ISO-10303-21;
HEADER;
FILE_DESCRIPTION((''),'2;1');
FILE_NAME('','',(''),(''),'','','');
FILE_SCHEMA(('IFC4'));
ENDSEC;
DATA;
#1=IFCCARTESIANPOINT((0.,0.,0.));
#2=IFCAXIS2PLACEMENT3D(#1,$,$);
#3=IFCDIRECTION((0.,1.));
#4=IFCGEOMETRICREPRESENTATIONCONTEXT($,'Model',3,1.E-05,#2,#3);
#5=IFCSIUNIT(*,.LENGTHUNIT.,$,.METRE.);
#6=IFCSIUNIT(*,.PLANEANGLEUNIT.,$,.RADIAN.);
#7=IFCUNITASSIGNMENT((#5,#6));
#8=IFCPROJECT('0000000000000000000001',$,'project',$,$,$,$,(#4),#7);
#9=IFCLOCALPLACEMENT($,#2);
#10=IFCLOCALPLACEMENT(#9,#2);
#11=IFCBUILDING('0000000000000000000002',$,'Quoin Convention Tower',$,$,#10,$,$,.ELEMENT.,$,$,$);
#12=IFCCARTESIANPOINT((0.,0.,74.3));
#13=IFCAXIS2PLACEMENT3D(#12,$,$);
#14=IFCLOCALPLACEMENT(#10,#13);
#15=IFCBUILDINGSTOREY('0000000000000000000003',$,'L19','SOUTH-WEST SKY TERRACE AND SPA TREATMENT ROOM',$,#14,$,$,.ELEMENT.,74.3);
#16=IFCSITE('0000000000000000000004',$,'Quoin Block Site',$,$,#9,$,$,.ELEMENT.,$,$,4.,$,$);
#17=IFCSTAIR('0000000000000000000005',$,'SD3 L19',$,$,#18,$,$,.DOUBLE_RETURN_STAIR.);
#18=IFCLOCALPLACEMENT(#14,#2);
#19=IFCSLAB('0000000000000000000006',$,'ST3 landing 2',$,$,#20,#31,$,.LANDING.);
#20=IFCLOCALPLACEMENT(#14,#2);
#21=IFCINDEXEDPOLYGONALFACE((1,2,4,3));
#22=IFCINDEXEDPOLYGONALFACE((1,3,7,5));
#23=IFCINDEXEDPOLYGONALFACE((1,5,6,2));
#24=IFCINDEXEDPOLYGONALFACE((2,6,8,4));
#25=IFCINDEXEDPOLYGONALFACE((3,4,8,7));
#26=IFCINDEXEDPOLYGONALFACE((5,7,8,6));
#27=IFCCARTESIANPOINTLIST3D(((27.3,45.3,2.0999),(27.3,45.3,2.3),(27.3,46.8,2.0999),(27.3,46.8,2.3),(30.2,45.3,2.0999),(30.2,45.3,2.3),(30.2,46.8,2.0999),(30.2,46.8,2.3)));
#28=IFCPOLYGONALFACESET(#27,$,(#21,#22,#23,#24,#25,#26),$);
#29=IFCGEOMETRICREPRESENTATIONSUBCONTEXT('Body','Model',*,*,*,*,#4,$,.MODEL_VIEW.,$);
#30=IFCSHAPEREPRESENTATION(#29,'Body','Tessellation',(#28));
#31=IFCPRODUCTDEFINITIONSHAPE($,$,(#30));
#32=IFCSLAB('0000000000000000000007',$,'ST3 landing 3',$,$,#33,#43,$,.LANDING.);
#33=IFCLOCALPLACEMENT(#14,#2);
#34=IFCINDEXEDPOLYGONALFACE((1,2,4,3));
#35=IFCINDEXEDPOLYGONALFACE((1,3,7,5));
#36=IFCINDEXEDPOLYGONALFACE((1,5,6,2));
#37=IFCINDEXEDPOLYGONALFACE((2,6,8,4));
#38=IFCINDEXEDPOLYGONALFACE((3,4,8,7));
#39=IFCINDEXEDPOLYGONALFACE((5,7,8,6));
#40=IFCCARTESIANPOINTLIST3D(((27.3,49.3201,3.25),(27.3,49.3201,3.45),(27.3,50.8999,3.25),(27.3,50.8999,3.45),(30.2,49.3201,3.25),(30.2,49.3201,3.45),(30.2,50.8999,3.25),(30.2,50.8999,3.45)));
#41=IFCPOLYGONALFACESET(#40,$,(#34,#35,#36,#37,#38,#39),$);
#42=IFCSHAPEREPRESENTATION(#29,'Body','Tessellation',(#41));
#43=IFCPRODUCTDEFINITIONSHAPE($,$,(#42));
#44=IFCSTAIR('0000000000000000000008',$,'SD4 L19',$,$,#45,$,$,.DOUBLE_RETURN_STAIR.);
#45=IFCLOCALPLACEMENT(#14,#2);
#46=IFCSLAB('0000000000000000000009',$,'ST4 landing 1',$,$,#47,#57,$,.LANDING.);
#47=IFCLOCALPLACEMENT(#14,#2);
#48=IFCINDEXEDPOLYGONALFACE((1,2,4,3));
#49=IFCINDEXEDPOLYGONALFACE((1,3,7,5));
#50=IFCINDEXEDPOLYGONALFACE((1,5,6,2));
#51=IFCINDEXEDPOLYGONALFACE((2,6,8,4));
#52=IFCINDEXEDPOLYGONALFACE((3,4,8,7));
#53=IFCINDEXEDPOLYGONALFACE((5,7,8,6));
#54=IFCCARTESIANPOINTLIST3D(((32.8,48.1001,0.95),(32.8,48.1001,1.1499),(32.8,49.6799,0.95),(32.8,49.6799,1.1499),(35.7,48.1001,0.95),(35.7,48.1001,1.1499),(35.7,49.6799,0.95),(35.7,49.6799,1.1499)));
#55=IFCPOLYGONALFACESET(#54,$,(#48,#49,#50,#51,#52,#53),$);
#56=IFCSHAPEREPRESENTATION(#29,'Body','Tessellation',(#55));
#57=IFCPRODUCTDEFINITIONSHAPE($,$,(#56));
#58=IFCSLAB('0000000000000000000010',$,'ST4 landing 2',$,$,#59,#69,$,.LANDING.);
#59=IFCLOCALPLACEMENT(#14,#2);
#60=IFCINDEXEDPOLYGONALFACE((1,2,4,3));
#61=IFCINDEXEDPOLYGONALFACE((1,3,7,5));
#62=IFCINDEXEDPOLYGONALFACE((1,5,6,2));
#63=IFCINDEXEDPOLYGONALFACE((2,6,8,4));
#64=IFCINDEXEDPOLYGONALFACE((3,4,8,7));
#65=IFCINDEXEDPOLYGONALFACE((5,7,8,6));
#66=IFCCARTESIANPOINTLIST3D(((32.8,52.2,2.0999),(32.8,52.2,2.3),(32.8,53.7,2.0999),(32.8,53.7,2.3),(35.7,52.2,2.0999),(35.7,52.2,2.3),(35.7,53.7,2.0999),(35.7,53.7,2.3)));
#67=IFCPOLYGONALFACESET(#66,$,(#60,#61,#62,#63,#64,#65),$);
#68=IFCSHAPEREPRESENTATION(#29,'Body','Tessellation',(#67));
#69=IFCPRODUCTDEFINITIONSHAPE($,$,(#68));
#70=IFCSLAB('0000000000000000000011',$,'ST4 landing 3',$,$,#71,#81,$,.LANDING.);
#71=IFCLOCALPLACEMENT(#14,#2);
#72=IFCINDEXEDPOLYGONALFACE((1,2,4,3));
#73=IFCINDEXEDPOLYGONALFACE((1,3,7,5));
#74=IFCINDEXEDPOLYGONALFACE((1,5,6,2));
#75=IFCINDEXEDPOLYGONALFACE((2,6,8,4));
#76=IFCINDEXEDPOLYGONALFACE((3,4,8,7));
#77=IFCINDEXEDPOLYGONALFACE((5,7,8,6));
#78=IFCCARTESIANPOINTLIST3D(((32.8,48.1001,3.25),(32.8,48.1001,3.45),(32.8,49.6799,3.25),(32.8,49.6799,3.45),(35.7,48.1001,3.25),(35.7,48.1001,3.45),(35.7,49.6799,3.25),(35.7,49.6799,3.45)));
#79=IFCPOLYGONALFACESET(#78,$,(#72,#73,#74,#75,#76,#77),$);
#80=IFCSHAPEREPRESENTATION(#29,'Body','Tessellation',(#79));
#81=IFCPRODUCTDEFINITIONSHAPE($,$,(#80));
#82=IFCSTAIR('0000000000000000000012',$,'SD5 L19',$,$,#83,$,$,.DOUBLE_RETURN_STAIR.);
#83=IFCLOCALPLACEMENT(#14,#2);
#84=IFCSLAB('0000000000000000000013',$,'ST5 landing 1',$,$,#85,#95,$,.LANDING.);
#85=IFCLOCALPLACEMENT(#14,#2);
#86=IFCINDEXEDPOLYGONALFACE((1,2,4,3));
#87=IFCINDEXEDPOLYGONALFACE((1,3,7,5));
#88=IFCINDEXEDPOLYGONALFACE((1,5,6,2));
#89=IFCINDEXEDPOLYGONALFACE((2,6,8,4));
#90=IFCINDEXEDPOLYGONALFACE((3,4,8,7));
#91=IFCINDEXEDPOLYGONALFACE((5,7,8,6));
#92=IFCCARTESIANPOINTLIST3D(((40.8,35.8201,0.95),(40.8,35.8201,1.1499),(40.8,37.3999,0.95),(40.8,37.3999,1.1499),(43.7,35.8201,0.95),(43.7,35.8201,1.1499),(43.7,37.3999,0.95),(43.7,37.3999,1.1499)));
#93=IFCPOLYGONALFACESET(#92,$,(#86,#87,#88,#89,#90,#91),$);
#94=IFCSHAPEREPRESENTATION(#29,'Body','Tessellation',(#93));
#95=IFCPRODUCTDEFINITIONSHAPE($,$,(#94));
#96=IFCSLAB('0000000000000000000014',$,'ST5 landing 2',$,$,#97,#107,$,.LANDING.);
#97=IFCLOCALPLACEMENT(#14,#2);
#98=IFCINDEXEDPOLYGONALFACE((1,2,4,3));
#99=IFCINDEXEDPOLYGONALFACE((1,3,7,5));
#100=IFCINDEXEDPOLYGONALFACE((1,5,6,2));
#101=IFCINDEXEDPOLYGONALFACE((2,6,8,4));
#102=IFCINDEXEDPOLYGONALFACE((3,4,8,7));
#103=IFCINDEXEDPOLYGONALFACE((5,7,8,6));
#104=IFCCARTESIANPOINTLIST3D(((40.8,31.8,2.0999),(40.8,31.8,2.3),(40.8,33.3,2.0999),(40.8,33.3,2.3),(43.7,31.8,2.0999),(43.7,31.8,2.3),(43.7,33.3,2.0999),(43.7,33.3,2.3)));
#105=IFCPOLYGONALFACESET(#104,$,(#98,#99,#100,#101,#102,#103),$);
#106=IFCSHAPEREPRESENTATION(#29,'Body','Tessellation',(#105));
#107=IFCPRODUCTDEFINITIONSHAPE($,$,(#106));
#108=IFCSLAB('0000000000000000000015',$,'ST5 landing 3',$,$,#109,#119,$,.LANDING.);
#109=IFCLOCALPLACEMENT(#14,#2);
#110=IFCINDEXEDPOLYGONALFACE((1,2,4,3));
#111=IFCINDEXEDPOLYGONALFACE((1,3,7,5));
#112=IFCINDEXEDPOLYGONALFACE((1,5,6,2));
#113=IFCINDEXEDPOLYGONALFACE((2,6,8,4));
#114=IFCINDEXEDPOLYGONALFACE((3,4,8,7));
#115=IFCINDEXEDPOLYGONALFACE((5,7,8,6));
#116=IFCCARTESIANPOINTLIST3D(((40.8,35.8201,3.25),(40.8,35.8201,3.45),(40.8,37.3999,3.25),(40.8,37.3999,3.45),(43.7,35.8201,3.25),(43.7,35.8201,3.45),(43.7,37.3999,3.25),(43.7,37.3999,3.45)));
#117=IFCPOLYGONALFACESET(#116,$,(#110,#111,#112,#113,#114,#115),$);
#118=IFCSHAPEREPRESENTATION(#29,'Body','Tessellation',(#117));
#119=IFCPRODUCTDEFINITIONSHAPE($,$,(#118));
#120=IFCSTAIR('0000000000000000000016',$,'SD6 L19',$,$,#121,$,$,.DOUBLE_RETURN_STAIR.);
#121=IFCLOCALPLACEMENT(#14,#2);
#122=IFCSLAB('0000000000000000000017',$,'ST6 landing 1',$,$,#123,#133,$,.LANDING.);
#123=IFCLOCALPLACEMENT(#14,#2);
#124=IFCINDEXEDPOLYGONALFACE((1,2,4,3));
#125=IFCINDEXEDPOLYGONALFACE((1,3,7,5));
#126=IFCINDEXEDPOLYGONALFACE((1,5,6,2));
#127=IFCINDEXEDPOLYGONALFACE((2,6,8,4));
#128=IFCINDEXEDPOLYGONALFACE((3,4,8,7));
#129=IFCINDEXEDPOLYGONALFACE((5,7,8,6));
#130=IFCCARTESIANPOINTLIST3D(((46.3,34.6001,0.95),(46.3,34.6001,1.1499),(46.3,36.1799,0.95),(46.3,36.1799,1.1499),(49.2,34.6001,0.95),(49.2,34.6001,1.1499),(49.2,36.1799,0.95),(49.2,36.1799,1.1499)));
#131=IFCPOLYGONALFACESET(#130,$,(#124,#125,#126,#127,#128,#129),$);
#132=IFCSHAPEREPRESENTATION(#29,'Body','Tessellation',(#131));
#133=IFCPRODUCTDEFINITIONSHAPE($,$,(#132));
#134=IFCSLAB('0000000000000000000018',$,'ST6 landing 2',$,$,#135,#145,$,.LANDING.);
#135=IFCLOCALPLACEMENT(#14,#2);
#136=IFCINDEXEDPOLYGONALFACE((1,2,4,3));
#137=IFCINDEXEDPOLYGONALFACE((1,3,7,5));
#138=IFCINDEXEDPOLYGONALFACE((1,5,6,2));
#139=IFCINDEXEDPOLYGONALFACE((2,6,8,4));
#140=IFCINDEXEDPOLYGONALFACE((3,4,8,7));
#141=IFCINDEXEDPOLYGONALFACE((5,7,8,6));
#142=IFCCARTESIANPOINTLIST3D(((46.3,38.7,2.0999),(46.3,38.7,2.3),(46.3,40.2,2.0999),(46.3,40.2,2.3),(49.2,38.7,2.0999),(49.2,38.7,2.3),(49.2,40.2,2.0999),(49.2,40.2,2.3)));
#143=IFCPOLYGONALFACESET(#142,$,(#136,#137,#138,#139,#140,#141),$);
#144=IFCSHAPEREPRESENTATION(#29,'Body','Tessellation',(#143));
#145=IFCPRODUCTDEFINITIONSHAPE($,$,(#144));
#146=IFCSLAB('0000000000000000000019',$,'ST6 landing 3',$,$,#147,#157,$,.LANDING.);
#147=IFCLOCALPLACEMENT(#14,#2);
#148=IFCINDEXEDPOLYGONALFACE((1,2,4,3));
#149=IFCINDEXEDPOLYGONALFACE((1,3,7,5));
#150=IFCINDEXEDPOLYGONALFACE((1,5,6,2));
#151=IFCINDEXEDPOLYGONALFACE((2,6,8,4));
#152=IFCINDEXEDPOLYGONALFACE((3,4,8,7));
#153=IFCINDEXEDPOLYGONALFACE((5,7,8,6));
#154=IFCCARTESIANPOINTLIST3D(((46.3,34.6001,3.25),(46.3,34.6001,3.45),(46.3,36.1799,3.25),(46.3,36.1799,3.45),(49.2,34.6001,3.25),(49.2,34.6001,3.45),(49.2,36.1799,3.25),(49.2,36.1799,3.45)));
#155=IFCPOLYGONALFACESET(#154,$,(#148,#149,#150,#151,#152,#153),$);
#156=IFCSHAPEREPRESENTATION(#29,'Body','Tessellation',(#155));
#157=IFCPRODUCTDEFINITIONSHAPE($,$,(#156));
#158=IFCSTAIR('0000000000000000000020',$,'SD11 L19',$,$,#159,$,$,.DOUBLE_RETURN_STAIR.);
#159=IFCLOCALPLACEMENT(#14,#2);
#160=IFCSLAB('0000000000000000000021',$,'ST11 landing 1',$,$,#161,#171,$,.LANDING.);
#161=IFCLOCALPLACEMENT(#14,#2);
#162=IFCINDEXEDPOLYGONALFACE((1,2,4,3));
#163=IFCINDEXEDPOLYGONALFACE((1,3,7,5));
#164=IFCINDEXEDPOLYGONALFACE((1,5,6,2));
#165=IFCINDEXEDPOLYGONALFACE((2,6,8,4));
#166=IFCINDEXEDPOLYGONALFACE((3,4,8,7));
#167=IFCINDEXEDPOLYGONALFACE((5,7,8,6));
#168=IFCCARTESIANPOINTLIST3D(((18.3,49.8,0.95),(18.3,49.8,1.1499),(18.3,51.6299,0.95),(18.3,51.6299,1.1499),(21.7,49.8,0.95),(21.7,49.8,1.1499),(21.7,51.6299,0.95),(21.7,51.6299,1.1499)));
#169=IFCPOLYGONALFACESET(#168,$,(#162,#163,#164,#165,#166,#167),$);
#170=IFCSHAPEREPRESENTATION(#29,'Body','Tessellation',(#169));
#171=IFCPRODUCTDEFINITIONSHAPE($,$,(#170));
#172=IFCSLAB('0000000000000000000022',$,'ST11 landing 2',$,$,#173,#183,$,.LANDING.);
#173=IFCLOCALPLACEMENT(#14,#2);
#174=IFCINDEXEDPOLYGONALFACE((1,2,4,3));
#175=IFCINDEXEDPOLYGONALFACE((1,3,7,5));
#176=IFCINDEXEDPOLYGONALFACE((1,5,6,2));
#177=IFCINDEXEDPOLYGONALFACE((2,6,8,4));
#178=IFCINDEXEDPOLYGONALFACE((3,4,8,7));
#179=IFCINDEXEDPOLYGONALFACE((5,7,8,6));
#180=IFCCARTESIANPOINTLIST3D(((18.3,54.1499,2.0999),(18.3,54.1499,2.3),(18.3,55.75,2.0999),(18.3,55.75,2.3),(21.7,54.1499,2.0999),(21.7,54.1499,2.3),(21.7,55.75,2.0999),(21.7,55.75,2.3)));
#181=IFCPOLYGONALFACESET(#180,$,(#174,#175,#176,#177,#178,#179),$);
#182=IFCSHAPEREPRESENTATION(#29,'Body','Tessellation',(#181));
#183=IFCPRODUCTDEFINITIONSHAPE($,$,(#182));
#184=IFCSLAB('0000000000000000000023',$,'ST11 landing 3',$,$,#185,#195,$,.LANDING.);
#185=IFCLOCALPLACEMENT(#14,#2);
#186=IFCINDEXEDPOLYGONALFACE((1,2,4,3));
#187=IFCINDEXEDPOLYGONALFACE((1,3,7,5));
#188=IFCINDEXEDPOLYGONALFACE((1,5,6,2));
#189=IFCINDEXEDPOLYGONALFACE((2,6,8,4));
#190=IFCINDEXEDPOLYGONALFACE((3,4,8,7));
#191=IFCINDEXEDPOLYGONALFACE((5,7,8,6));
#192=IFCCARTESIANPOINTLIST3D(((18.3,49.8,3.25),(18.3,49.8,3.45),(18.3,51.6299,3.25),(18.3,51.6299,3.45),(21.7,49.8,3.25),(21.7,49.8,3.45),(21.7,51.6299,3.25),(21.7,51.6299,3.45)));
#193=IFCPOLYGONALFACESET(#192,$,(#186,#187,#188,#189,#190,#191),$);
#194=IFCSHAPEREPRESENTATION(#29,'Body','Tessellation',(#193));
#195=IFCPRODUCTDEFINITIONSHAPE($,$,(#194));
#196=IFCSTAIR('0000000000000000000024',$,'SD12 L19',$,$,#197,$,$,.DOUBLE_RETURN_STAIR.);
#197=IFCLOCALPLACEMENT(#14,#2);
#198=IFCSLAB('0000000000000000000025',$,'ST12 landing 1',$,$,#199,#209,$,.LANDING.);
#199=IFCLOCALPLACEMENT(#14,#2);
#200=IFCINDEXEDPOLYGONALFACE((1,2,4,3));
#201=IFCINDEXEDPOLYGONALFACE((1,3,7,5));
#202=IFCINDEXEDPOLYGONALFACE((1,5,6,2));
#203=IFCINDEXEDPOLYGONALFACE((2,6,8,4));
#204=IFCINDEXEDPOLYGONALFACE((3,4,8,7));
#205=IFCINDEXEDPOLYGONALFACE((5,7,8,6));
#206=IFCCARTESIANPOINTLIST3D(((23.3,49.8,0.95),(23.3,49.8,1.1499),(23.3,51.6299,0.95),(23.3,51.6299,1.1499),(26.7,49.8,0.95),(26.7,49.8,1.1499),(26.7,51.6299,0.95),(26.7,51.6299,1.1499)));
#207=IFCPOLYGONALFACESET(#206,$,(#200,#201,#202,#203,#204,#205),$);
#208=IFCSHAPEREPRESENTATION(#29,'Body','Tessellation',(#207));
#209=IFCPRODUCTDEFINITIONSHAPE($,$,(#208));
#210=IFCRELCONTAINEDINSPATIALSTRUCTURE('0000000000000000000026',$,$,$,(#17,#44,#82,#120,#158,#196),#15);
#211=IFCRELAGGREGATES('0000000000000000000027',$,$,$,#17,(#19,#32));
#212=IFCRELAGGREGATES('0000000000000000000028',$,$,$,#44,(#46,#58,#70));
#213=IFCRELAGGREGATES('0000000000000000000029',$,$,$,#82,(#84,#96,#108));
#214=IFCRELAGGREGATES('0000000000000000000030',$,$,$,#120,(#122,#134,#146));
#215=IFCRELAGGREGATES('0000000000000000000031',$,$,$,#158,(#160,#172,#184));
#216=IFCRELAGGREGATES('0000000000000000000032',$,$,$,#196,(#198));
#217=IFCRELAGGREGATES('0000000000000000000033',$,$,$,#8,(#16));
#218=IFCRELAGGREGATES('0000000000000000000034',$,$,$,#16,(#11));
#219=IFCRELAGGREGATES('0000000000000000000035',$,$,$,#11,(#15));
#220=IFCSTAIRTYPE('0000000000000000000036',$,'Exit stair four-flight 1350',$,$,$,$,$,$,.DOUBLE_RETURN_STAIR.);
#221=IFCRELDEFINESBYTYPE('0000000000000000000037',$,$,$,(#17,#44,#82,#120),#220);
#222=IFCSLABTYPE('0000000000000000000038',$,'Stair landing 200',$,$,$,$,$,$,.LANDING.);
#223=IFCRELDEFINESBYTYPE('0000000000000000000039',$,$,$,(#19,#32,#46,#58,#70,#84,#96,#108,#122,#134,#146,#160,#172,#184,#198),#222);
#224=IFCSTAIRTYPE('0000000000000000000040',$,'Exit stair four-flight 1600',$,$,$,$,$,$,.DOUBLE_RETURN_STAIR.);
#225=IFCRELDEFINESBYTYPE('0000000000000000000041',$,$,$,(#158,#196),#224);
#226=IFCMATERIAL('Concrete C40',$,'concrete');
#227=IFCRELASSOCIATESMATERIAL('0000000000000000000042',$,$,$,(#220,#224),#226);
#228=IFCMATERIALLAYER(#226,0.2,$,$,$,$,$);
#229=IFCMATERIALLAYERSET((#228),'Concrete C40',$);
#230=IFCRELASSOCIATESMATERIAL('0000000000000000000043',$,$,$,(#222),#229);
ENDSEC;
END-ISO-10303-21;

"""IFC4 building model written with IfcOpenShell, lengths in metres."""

from ifc_helpers import new_model, si_unit, direction, frame, origin, place, context, subcontext, project, spatial, polyline, outline, extrude, material, layer, layer_set, type_object, element, aggregate, save


model = new_model("IFC4")

# Units and contexts
model_context = context("Model", 3, precision=1e-05, world=origin(), true_north=direction((0.0, 1.0)))
body_context = subcontext(model_context, "Body", "Model", "MODEL_VIEW")
ifc_project = project(units=[si_unit("LENGTHUNIT", "METRE"), si_unit("PLANEANGLEUNIT", "RADIAN")], contexts=[model_context])

# Site, building, storey
site_placement = place(None, origin())
site = spatial("IfcSite", under=ifc_project, at=site_placement, Name="Quoin Block Site", CompositionType="ELEMENT", RefElevation=4.0)
building_placement = place(site_placement, origin())
building = spatial("IfcBuilding", under=site, at=building_placement, Name="Quoin Convention Tower", CompositionType="ELEMENT")
storey_placement = place(building_placement, frame((0.0, 0.0, 74.3)))
storey = spatial("IfcBuildingStorey", under=building, at=storey_placement, Name="L19", Description="SOUTH-WEST SKY TERRACE AND SPA TREATMENT ROOM", CompositionType="ELEMENT", Elevation=74.3)

# Shared definitions
ifc_material_1 = material(Name="Concrete C40", Category="concrete")

# Stairs, slabs
stair_type_1 = type_object("IfcStairType", Name="Exit stair four-flight 1350", PredefinedType="DOUBLE_RETURN_STAIR", material=ifc_material_1)
ifc_layer_1 = layer(ifc_material_1, 0.2)
ifc_layer_set_1 = layer_set([ifc_layer_1], Name="Concrete C40")
slab_type_1 = type_object("IfcSlabType", Name="Stair landing 200", PredefinedType="LANDING", material=ifc_layer_set_1)
stair_1_placement = place(storey_placement, origin())
stair_1 = element("IfcStair", 1, at=stair_1_placement, inside=storey, type_object=stair_type_1, Name="SD3 L19", PredefinedType="DOUBLE_RETURN_STAIR")
slab_1_placement = place(storey_placement, frame((0.0, 0.0, 2.0999)))
slab_1 = element("IfcSlab", 2, at=slab_1_placement, type_object=slab_type_1, Name="ST3 landing 2", PredefinedType="LANDING", context=body_context, shape_type="SweptSolid", body=[
    extrude(outline(polyline([(27.3, 45.3), (30.2, 45.3), (30.2, 46.8), (27.3, 46.8), (27.3, 45.3)])), origin(), (0.0, 0.0, 1.0), 0.2002),
])
slab_2_placement = place(storey_placement, frame((0.0, 0.0, 3.25)))
slab_2 = element("IfcSlab", 3, at=slab_2_placement, type_object=slab_type_1, Name="ST3 landing 3", PredefinedType="LANDING", context=body_context, shape_type="SweptSolid", body=[
    extrude(outline(polyline([(27.3, 49.3201), (30.2, 49.3201), (30.2, 50.8999), (27.3, 50.8999), (27.3, 49.3201)])), origin(), (0.0, 0.0, 1.0), 0.2),
])
aggregate(stair_1, [slab_1, slab_2])
stair_2_placement = place(storey_placement, origin())
stair_2 = element("IfcStair", 4, at=stair_2_placement, inside=storey, type_object=stair_type_1, Name="SD4 L19", PredefinedType="DOUBLE_RETURN_STAIR")
slab_3_placement = place(storey_placement, frame((0.0, 0.0, 0.95)))
slab_3 = element("IfcSlab", 5, at=slab_3_placement, type_object=slab_type_1, Name="ST4 landing 1", PredefinedType="LANDING", context=body_context, shape_type="SweptSolid", body=[
    extrude(outline(polyline([(35.7, 49.6799), (32.8, 49.6799), (32.8, 48.1001), (35.7, 48.1001), (35.7, 49.6799)])), origin(), (0.0, 0.0, 1.0), 0.2),
])
slab_4_placement = place(storey_placement, frame((0.0, 0.0, 2.0999)))
slab_4 = element("IfcSlab", 6, at=slab_4_placement, type_object=slab_type_1, Name="ST4 landing 2", PredefinedType="LANDING", context=body_context, shape_type="SweptSolid", body=[
    extrude(outline(polyline([(35.7, 53.7), (32.8, 53.7), (32.8, 52.2), (35.7, 52.2), (35.7, 53.7)])), origin(), (0.0, 0.0, 1.0), 0.2002),
])
slab_5_placement = place(storey_placement, frame((0.0, 0.0, 3.25)))
slab_5 = element("IfcSlab", 7, at=slab_5_placement, type_object=slab_type_1, Name="ST4 landing 3", PredefinedType="LANDING", context=body_context, shape_type="SweptSolid", body=[
    extrude(outline(polyline([(35.7, 49.6799), (32.8, 49.6799), (32.8, 48.1001), (35.7, 48.1001), (35.7, 49.6799)])), origin(), (0.0, 0.0, 1.0), 0.2),
])
aggregate(stair_2, [slab_3, slab_4, slab_5])
stair_3_placement = place(storey_placement, origin())
stair_3 = element("IfcStair", 8, at=stair_3_placement, inside=storey, type_object=stair_type_1, Name="SD5 L19", PredefinedType="DOUBLE_RETURN_STAIR")
slab_6_placement = place(storey_placement, frame((0.0, 0.0, 0.95)))
slab_6 = element("IfcSlab", 9, at=slab_6_placement, type_object=slab_type_1, Name="ST5 landing 1", PredefinedType="LANDING", context=body_context, shape_type="SweptSolid", body=[
    extrude(outline(polyline([(40.8, 35.8201), (43.7, 35.8201), (43.7, 37.3999), (40.8, 37.3999), (40.8, 35.8201)])), origin(), (0.0, 0.0, 1.0), 0.2),
])
slab_7_placement = place(storey_placement, frame((0.0, 0.0, 2.0999)))
slab_7 = element("IfcSlab", 10, at=slab_7_placement, type_object=slab_type_1, Name="ST5 landing 2", PredefinedType="LANDING", context=body_context, shape_type="SweptSolid", body=[
    extrude(outline(polyline([(40.8, 31.8), (43.7, 31.8), (43.7, 33.3), (40.8, 33.3), (40.8, 31.8)])), origin(), (0.0, 0.0, 1.0), 0.2002),
])
slab_8_placement = place(storey_placement, frame((0.0, 0.0, 3.25)))
slab_8 = element("IfcSlab", 11, at=slab_8_placement, type_object=slab_type_1, Name="ST5 landing 3", PredefinedType="LANDING", context=body_context, shape_type="SweptSolid", body=[
    extrude(outline(polyline([(40.8, 35.8201), (43.7, 35.8201), (43.7, 37.3999), (40.8, 37.3999), (40.8, 35.8201)])), origin(), (0.0, 0.0, 1.0), 0.2),
])
aggregate(stair_3, [slab_6, slab_7, slab_8])
stair_4_placement = place(storey_placement, origin())
stair_4 = element("IfcStair", 12, at=stair_4_placement, inside=storey, type_object=stair_type_1, Name="SD6 L19", PredefinedType="DOUBLE_RETURN_STAIR")
slab_9_placement = place(storey_placement, frame((0.0, 0.0, 0.95)))
slab_9 = element("IfcSlab", 13, at=slab_9_placement, type_object=slab_type_1, Name="ST6 landing 1", PredefinedType="LANDING", context=body_context, shape_type="SweptSolid", body=[
    extrude(outline(polyline([(49.2, 36.1799), (46.3, 36.1799), (46.3, 34.6001), (49.2, 34.6001), (49.2, 36.1799)])), origin(), (0.0, 0.0, 1.0), 0.2),
])
slab_10_placement = place(storey_placement, frame((0.0, 0.0, 2.0999)))
slab_10 = element("IfcSlab", 14, at=slab_10_placement, type_object=slab_type_1, Name="ST6 landing 2", PredefinedType="LANDING", context=body_context, shape_type="SweptSolid", body=[
    extrude(outline(polyline([(49.2, 40.2), (46.3, 40.2), (46.3, 38.7), (49.2, 38.7), (49.2, 40.2)])), origin(), (0.0, 0.0, 1.0), 0.2002),
])
slab_11_placement = place(storey_placement, frame((0.0, 0.0, 3.25)))
slab_11 = element("IfcSlab", 15, at=slab_11_placement, type_object=slab_type_1, Name="ST6 landing 3", PredefinedType="LANDING", context=body_context, shape_type="SweptSolid", body=[
    extrude(outline(polyline([(49.2, 36.1799), (46.3, 36.1799), (46.3, 34.6001), (49.2, 34.6001), (49.2, 36.1799)])), origin(), (0.0, 0.0, 1.0), 0.2),
])
aggregate(stair_4, [slab_9, slab_10, slab_11])
stair_type_2 = type_object("IfcStairType", Name="Exit stair four-flight 1600", PredefinedType="DOUBLE_RETURN_STAIR", material=ifc_material_1)
stair_5_placement = place(storey_placement, origin())
stair_5 = element("IfcStair", 16, at=stair_5_placement, inside=storey, type_object=stair_type_2, Name="SD11 L19", PredefinedType="DOUBLE_RETURN_STAIR")
slab_12_placement = place(storey_placement, frame((0.0, 0.0, 0.95)))
slab_12 = element("IfcSlab", 17, at=slab_12_placement, type_object=slab_type_1, Name="ST11 landing 1", PredefinedType="LANDING", context=body_context, shape_type="SweptSolid", body=[
    extrude(outline(polyline([(21.7, 51.6299), (18.3, 51.6299), (18.3, 49.8), (21.7, 49.8), (21.7, 51.6299)])), origin(), (0.0, 0.0, 1.0), 0.2),
])
slab_13_placement = place(storey_placement, frame((0.0, 0.0, 2.0999)))
slab_13 = element("IfcSlab", 18, at=slab_13_placement, type_object=slab_type_1, Name="ST11 landing 2", PredefinedType="LANDING", context=body_context, shape_type="SweptSolid", body=[
    extrude(outline(polyline([(21.7, 55.75), (18.3, 55.75), (18.3, 54.1499), (21.7, 54.1499), (21.7, 55.75)])), origin(), (0.0, 0.0, 1.0), 0.2002),
])
slab_14_placement = place(storey_placement, frame((0.0, 0.0, 3.25)))
slab_14 = element("IfcSlab", 19, at=slab_14_placement, type_object=slab_type_1, Name="ST11 landing 3", PredefinedType="LANDING", context=body_context, shape_type="SweptSolid", body=[
    extrude(outline(polyline([(21.7, 51.6299), (18.3, 51.6299), (18.3, 49.8), (21.7, 49.8), (21.7, 51.6299)])), origin(), (0.0, 0.0, 1.0), 0.2),
])
aggregate(stair_5, [slab_12, slab_13, slab_14])
stair_6_placement = place(storey_placement, origin())
stair_6 = element("IfcStair", 20, at=stair_6_placement, inside=storey, type_object=stair_type_2, Name="SD12 L19", PredefinedType="DOUBLE_RETURN_STAIR")
slab_15_placement = place(storey_placement, frame((0.0, 0.0, 0.95)))
slab_15 = element("IfcSlab", 21, at=slab_15_placement, type_object=slab_type_1, Name="ST12 landing 1", PredefinedType="LANDING", context=body_context, shape_type="SweptSolid", body=[
    extrude(outline(polyline([(26.7, 51.6299), (23.3, 51.6299), (23.3, 49.8), (26.7, 49.8), (26.7, 51.6299)])), origin(), (0.0, 0.0, 1.0), 0.2),
])
aggregate(stair_6, [slab_15])

save(model, "model.ifc")
